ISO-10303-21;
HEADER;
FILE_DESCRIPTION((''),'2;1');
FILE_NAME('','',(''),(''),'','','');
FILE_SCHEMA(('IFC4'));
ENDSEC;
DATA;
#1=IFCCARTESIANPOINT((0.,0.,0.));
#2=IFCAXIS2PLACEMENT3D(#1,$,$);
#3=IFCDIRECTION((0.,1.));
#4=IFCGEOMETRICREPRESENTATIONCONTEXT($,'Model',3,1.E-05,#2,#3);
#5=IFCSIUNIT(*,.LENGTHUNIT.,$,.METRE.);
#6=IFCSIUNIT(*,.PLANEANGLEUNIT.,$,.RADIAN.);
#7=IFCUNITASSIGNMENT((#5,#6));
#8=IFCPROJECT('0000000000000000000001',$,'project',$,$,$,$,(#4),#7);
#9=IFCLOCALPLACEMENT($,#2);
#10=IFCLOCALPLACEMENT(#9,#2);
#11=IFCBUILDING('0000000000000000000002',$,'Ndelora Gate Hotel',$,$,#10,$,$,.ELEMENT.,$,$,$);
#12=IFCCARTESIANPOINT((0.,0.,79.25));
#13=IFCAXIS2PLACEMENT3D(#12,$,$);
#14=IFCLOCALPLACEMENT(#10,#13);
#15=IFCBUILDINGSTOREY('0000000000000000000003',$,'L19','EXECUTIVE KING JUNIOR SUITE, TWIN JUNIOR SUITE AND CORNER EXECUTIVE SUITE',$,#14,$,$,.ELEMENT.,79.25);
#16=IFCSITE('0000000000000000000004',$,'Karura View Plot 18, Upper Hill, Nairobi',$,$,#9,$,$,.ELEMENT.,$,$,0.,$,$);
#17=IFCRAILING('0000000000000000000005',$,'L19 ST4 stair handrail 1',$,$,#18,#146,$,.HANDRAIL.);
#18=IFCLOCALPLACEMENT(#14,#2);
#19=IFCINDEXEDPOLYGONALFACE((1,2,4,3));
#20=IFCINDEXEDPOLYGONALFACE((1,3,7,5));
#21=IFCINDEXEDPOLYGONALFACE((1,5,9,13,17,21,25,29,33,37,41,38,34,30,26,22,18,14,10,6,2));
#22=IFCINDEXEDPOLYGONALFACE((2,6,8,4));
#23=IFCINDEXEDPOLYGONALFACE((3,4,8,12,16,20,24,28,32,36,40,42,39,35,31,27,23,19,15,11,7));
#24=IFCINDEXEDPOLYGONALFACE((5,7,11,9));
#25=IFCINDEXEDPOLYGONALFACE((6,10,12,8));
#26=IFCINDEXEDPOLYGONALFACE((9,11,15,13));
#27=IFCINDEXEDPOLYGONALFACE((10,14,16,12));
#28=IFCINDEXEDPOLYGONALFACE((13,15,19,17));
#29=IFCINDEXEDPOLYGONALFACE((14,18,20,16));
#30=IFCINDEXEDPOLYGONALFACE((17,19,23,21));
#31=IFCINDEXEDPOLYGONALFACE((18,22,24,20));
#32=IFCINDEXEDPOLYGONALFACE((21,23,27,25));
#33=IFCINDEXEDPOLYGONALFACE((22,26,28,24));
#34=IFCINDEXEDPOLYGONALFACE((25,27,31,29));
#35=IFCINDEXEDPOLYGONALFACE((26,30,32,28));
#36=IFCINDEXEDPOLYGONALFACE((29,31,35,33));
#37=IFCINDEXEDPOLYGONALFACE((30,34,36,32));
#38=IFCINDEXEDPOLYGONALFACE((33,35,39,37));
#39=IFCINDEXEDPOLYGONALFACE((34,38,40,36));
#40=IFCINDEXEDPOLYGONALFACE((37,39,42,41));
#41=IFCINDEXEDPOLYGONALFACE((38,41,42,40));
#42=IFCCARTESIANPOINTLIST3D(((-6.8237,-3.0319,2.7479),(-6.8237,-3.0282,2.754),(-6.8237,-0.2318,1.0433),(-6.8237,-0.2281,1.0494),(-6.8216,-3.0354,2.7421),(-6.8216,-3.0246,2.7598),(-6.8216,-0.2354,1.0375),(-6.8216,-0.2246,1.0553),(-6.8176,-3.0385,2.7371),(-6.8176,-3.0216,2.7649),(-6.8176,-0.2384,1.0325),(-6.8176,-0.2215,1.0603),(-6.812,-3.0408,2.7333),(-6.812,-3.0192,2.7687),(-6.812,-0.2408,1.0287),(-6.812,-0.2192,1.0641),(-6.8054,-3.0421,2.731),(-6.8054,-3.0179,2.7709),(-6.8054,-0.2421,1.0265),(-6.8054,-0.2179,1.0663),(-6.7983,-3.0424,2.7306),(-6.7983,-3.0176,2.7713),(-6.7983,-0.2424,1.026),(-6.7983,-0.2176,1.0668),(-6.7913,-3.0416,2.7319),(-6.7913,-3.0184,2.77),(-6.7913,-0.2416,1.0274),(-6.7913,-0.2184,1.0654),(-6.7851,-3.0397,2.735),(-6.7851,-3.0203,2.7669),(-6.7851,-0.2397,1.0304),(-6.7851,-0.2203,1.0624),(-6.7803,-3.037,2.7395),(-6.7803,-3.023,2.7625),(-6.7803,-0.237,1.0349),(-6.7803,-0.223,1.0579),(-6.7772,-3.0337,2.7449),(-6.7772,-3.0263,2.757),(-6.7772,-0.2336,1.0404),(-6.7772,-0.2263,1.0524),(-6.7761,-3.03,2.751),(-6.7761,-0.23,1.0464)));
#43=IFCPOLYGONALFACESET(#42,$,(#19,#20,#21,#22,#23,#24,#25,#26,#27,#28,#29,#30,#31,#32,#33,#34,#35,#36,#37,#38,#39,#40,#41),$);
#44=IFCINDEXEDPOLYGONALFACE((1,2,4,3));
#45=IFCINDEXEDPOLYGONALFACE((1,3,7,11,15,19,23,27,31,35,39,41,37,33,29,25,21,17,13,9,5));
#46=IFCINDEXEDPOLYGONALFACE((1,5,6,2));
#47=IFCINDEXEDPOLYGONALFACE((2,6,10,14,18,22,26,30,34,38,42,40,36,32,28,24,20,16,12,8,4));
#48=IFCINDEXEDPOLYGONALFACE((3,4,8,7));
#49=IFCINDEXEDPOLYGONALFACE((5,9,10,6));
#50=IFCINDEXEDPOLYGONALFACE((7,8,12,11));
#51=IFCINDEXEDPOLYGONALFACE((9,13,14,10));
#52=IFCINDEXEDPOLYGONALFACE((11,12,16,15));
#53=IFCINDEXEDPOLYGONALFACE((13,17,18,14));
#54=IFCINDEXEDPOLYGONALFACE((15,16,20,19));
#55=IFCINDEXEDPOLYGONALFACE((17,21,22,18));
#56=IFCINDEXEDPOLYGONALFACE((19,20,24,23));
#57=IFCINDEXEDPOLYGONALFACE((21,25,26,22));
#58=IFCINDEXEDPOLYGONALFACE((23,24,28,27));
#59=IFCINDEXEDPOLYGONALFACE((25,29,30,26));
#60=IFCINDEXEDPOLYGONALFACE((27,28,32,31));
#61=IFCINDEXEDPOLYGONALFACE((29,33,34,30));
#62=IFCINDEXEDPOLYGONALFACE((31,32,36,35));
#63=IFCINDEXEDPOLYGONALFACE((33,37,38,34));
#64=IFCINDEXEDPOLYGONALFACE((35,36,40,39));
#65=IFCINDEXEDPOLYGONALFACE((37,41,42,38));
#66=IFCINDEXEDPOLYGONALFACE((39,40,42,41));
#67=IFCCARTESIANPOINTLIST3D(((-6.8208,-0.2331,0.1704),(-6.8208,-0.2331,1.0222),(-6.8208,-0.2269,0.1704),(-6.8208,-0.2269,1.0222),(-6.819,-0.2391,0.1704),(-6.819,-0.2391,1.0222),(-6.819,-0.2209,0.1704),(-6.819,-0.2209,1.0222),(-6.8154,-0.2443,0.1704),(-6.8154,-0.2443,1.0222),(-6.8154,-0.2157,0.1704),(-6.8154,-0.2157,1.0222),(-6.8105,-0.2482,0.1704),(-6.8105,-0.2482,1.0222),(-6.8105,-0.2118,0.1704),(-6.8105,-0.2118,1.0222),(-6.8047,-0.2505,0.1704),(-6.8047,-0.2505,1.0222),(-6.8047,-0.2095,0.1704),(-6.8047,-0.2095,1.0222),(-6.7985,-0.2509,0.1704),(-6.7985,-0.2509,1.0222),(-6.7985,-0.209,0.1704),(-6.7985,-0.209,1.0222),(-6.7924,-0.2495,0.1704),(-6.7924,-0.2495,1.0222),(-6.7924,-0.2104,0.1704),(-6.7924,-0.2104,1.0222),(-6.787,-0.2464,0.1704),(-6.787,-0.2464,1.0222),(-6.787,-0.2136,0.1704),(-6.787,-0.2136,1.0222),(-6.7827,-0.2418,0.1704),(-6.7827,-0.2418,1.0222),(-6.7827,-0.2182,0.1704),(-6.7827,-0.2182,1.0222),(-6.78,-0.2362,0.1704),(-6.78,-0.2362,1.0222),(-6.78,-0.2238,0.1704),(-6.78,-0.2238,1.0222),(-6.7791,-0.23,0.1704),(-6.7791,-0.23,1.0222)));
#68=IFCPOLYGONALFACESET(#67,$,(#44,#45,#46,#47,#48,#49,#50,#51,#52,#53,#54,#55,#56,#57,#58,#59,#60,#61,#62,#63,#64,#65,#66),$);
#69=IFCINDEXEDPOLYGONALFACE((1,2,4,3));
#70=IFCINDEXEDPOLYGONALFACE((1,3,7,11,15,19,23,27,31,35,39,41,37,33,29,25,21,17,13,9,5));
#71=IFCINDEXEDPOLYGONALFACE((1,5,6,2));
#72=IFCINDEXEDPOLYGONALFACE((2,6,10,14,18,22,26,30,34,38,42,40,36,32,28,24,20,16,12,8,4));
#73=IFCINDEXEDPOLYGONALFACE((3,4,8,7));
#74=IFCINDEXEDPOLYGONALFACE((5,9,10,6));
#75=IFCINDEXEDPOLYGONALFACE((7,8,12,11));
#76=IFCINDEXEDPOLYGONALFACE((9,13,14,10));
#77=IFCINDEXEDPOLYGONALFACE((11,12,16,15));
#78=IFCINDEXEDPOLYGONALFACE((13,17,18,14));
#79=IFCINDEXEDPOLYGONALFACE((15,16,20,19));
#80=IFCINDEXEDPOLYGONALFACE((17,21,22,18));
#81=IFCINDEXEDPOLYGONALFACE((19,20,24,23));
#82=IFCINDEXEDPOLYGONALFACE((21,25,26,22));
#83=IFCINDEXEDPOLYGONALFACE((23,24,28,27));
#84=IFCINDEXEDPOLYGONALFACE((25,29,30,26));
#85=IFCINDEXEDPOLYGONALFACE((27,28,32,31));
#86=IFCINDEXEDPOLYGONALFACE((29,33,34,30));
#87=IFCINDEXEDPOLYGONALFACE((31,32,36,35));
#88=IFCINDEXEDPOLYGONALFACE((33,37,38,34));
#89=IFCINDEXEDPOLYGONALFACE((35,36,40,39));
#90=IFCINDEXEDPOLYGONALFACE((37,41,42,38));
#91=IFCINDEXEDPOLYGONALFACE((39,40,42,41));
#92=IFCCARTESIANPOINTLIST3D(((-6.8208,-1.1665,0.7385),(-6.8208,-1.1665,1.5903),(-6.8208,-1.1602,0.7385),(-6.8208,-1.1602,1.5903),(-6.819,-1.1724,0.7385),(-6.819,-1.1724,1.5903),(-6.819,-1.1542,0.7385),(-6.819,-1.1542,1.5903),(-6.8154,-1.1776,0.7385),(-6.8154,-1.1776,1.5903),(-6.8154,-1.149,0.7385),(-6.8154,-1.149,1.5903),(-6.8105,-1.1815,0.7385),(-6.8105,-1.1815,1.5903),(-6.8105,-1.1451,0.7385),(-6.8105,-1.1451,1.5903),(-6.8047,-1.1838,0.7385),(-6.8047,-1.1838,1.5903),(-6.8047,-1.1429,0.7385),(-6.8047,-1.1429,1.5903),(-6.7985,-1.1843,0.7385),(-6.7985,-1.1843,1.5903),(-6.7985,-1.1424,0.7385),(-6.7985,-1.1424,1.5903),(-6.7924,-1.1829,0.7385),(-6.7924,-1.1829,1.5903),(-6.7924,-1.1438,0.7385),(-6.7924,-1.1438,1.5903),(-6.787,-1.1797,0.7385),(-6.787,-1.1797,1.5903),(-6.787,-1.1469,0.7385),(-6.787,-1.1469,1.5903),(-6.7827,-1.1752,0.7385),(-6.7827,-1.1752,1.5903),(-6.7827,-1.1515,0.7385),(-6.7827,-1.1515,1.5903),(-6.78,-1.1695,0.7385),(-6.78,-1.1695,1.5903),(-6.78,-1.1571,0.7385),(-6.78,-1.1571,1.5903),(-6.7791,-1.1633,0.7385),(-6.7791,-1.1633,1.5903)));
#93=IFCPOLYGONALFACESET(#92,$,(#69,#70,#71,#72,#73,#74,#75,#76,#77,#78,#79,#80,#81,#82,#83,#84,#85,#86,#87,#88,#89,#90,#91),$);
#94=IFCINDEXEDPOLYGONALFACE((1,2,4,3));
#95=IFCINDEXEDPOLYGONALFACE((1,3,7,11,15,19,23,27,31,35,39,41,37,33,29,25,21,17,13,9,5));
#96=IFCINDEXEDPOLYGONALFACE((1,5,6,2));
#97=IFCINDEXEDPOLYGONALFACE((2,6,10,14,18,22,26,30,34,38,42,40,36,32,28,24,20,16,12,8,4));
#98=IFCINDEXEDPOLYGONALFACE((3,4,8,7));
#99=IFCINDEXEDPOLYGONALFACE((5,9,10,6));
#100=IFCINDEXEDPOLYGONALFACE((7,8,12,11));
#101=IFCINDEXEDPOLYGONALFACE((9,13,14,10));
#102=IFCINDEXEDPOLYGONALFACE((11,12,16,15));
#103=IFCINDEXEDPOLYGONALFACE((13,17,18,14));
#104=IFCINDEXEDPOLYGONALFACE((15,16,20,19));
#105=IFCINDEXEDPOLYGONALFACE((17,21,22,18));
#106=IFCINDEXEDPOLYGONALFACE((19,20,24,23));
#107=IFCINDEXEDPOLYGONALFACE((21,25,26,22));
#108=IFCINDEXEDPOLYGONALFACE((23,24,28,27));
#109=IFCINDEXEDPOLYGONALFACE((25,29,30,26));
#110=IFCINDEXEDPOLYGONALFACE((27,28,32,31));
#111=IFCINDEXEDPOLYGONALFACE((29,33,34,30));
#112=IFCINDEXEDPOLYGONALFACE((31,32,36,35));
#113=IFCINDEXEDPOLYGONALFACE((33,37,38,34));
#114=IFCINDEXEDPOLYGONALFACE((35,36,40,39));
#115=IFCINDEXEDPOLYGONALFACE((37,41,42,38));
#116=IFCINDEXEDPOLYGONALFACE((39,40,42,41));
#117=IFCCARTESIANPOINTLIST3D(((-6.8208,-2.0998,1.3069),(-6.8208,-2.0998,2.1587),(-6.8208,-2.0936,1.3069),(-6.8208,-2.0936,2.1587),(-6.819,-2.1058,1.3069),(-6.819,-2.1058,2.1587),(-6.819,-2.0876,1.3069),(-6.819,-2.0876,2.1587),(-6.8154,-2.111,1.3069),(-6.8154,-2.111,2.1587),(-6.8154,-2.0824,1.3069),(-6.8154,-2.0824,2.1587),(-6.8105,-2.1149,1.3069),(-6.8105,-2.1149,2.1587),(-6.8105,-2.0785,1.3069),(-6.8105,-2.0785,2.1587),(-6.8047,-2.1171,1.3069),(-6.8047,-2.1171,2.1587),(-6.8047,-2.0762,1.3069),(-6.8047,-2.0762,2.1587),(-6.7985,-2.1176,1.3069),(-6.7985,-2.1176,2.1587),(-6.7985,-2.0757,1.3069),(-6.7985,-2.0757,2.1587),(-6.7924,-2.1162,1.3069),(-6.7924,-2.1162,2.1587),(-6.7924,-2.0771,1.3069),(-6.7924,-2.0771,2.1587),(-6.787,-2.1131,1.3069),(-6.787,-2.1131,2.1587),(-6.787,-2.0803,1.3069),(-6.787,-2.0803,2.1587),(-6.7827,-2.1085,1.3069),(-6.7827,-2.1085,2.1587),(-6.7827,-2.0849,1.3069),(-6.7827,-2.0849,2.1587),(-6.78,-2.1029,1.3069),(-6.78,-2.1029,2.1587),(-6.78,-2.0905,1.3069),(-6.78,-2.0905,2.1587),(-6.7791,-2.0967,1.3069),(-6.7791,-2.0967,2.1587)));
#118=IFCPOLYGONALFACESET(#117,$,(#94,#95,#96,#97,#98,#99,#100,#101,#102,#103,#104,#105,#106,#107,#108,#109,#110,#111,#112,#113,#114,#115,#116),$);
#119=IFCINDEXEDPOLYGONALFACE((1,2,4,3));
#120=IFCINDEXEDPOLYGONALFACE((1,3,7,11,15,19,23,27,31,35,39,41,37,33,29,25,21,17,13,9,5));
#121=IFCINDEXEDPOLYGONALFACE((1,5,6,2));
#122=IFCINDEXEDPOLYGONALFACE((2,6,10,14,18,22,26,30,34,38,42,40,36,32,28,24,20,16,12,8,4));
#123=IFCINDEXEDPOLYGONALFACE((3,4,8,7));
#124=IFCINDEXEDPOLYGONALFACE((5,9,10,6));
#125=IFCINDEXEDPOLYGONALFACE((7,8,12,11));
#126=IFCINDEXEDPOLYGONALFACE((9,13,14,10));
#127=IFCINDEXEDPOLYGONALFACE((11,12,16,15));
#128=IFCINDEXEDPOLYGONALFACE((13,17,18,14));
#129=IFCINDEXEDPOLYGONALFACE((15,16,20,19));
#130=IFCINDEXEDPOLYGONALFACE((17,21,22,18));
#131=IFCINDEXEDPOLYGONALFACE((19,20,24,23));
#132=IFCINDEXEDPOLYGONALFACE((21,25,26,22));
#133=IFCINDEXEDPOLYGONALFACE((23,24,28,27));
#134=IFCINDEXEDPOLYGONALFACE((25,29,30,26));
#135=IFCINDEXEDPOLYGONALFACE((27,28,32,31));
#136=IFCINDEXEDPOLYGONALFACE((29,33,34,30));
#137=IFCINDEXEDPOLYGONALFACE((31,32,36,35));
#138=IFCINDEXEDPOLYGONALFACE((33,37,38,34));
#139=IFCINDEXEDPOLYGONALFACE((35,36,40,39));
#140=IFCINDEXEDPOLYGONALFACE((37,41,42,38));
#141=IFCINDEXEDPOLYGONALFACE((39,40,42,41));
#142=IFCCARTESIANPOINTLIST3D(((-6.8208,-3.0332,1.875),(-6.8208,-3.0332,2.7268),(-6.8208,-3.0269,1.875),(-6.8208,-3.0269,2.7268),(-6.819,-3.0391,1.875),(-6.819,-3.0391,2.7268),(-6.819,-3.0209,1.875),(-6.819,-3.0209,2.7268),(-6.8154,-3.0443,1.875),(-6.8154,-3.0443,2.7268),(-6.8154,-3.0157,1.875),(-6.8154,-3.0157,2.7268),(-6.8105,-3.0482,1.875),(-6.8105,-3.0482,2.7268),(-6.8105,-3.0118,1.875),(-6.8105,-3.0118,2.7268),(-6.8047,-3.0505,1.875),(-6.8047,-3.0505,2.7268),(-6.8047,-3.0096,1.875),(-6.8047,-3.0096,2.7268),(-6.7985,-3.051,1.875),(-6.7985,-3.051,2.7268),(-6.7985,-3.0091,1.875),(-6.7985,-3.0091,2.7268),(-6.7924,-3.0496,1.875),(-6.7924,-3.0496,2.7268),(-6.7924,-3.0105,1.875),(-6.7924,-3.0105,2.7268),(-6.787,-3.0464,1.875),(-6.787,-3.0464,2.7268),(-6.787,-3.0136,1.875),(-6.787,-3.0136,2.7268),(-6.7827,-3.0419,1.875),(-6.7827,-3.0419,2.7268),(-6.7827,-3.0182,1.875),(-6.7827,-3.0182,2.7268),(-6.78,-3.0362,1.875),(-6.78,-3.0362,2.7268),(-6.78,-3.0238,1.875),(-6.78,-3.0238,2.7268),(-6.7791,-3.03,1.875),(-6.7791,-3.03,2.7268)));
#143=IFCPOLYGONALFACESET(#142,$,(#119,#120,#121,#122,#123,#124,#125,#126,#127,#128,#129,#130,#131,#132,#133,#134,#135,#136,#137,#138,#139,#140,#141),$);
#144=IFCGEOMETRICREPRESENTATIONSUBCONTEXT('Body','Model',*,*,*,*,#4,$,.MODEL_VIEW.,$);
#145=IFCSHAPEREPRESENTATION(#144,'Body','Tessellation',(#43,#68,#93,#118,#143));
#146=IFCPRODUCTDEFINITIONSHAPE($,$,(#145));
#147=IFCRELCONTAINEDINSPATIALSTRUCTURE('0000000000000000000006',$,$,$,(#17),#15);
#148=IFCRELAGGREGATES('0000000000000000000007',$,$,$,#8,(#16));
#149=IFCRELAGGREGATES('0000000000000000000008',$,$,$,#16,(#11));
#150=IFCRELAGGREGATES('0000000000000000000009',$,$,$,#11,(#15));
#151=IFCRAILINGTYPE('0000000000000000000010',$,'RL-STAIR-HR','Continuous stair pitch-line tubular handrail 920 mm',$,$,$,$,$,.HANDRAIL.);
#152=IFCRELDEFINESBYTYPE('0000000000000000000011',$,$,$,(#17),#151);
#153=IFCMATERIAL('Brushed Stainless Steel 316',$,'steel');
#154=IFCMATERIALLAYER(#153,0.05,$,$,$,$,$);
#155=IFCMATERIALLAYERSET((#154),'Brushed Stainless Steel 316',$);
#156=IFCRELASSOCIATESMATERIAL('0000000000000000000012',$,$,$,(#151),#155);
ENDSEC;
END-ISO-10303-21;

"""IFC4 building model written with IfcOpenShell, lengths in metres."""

from ifc_helpers import new_model, si_unit, direction, frame, origin, origin_2d, place, context, subcontext, project, spatial, circle, extrude, material, layer, layer_set, type_object, element, save


model = new_model("IFC4")

# Units and contexts
model_context = context("Model", 3, precision=1e-05, world=origin(), true_north=direction((0.0, 1.0)))
body_context = subcontext(model_context, "Body", "Model", "MODEL_VIEW")
ifc_project = project(units=[si_unit("LENGTHUNIT", "METRE"), si_unit("PLANEANGLEUNIT", "RADIAN")], contexts=[model_context])

# Site, building, storey
site_placement = place(None, origin())
site = spatial("IfcSite", under=ifc_project, at=site_placement, Name="Karura View Plot 18, Upper Hill, Nairobi", CompositionType="ELEMENT", RefElevation=0.0)
building_placement = place(site_placement, origin())
building = spatial("IfcBuilding", under=site, at=building_placement, Name="Ndelora Gate Hotel", CompositionType="ELEMENT")
storey_placement = place(building_placement, frame((0.0, 0.0, 79.25)))
storey = spatial("IfcBuildingStorey", under=building, at=storey_placement, Name="L19", Description="EXECUTIVE KING JUNIOR SUITE, TWIN JUNIOR SUITE AND CORNER EXECUTIVE SUITE", CompositionType="ELEMENT", Elevation=79.25)

# Railing
ifc_material_1 = material(Name="Brushed Stainless Steel 316", Category="steel")
ifc_layer_1 = layer(ifc_material_1, 0.05)
ifc_layer_set_1 = layer_set([ifc_layer_1], Name="Brushed Stainless Steel 316")
railing_type_1 = type_object("IfcRailingType", Name="RL-STAIR-HR", Description="Continuous stair pitch-line tubular handrail 920 mm", PredefinedType="HANDRAIL", material=ifc_layer_set_1)
railing_1_placement = place(storey_placement, frame((-6.8, -0.23, 0.1704)))
element("IfcRailing", 1, at=railing_1_placement, inside=storey, type_object=railing_type_1, Name="L19 ST4 stair handrail 1", PredefinedType="HANDRAIL", context=body_context, shape_type="SweptSolid", body=[
    extrude(circle(Radius=0.0239, at=origin_2d()), frame((0.0, 0.0, 0.876), z_axis=(0.0, -0.85417, 0.519994), x_axis=(1.0, 0.0, 0.0)), (0.0, 0.0, 1.0), 3.2781),
    extrude(circle(Radius=0.021, at=origin_2d()), origin(), (0.0, 0.0, 1.0), 0.8518),
    extrude(circle(Radius=0.021, at=origin_2d()), frame((0.0, -0.9333, 0.5681)), (0.0, 0.0, 1.0), 0.8518),
    extrude(circle(Radius=0.021, at=origin_2d()), frame((0.0, -1.8667, 1.1365)), (0.0, 0.0, 1.0), 0.8518),
    extrude(circle(Radius=0.021, at=origin_2d()), frame((0.0, -2.8, 1.7046)), (0.0, 0.0, 1.0), 0.8518),
])

save(model, "model.ifc")
